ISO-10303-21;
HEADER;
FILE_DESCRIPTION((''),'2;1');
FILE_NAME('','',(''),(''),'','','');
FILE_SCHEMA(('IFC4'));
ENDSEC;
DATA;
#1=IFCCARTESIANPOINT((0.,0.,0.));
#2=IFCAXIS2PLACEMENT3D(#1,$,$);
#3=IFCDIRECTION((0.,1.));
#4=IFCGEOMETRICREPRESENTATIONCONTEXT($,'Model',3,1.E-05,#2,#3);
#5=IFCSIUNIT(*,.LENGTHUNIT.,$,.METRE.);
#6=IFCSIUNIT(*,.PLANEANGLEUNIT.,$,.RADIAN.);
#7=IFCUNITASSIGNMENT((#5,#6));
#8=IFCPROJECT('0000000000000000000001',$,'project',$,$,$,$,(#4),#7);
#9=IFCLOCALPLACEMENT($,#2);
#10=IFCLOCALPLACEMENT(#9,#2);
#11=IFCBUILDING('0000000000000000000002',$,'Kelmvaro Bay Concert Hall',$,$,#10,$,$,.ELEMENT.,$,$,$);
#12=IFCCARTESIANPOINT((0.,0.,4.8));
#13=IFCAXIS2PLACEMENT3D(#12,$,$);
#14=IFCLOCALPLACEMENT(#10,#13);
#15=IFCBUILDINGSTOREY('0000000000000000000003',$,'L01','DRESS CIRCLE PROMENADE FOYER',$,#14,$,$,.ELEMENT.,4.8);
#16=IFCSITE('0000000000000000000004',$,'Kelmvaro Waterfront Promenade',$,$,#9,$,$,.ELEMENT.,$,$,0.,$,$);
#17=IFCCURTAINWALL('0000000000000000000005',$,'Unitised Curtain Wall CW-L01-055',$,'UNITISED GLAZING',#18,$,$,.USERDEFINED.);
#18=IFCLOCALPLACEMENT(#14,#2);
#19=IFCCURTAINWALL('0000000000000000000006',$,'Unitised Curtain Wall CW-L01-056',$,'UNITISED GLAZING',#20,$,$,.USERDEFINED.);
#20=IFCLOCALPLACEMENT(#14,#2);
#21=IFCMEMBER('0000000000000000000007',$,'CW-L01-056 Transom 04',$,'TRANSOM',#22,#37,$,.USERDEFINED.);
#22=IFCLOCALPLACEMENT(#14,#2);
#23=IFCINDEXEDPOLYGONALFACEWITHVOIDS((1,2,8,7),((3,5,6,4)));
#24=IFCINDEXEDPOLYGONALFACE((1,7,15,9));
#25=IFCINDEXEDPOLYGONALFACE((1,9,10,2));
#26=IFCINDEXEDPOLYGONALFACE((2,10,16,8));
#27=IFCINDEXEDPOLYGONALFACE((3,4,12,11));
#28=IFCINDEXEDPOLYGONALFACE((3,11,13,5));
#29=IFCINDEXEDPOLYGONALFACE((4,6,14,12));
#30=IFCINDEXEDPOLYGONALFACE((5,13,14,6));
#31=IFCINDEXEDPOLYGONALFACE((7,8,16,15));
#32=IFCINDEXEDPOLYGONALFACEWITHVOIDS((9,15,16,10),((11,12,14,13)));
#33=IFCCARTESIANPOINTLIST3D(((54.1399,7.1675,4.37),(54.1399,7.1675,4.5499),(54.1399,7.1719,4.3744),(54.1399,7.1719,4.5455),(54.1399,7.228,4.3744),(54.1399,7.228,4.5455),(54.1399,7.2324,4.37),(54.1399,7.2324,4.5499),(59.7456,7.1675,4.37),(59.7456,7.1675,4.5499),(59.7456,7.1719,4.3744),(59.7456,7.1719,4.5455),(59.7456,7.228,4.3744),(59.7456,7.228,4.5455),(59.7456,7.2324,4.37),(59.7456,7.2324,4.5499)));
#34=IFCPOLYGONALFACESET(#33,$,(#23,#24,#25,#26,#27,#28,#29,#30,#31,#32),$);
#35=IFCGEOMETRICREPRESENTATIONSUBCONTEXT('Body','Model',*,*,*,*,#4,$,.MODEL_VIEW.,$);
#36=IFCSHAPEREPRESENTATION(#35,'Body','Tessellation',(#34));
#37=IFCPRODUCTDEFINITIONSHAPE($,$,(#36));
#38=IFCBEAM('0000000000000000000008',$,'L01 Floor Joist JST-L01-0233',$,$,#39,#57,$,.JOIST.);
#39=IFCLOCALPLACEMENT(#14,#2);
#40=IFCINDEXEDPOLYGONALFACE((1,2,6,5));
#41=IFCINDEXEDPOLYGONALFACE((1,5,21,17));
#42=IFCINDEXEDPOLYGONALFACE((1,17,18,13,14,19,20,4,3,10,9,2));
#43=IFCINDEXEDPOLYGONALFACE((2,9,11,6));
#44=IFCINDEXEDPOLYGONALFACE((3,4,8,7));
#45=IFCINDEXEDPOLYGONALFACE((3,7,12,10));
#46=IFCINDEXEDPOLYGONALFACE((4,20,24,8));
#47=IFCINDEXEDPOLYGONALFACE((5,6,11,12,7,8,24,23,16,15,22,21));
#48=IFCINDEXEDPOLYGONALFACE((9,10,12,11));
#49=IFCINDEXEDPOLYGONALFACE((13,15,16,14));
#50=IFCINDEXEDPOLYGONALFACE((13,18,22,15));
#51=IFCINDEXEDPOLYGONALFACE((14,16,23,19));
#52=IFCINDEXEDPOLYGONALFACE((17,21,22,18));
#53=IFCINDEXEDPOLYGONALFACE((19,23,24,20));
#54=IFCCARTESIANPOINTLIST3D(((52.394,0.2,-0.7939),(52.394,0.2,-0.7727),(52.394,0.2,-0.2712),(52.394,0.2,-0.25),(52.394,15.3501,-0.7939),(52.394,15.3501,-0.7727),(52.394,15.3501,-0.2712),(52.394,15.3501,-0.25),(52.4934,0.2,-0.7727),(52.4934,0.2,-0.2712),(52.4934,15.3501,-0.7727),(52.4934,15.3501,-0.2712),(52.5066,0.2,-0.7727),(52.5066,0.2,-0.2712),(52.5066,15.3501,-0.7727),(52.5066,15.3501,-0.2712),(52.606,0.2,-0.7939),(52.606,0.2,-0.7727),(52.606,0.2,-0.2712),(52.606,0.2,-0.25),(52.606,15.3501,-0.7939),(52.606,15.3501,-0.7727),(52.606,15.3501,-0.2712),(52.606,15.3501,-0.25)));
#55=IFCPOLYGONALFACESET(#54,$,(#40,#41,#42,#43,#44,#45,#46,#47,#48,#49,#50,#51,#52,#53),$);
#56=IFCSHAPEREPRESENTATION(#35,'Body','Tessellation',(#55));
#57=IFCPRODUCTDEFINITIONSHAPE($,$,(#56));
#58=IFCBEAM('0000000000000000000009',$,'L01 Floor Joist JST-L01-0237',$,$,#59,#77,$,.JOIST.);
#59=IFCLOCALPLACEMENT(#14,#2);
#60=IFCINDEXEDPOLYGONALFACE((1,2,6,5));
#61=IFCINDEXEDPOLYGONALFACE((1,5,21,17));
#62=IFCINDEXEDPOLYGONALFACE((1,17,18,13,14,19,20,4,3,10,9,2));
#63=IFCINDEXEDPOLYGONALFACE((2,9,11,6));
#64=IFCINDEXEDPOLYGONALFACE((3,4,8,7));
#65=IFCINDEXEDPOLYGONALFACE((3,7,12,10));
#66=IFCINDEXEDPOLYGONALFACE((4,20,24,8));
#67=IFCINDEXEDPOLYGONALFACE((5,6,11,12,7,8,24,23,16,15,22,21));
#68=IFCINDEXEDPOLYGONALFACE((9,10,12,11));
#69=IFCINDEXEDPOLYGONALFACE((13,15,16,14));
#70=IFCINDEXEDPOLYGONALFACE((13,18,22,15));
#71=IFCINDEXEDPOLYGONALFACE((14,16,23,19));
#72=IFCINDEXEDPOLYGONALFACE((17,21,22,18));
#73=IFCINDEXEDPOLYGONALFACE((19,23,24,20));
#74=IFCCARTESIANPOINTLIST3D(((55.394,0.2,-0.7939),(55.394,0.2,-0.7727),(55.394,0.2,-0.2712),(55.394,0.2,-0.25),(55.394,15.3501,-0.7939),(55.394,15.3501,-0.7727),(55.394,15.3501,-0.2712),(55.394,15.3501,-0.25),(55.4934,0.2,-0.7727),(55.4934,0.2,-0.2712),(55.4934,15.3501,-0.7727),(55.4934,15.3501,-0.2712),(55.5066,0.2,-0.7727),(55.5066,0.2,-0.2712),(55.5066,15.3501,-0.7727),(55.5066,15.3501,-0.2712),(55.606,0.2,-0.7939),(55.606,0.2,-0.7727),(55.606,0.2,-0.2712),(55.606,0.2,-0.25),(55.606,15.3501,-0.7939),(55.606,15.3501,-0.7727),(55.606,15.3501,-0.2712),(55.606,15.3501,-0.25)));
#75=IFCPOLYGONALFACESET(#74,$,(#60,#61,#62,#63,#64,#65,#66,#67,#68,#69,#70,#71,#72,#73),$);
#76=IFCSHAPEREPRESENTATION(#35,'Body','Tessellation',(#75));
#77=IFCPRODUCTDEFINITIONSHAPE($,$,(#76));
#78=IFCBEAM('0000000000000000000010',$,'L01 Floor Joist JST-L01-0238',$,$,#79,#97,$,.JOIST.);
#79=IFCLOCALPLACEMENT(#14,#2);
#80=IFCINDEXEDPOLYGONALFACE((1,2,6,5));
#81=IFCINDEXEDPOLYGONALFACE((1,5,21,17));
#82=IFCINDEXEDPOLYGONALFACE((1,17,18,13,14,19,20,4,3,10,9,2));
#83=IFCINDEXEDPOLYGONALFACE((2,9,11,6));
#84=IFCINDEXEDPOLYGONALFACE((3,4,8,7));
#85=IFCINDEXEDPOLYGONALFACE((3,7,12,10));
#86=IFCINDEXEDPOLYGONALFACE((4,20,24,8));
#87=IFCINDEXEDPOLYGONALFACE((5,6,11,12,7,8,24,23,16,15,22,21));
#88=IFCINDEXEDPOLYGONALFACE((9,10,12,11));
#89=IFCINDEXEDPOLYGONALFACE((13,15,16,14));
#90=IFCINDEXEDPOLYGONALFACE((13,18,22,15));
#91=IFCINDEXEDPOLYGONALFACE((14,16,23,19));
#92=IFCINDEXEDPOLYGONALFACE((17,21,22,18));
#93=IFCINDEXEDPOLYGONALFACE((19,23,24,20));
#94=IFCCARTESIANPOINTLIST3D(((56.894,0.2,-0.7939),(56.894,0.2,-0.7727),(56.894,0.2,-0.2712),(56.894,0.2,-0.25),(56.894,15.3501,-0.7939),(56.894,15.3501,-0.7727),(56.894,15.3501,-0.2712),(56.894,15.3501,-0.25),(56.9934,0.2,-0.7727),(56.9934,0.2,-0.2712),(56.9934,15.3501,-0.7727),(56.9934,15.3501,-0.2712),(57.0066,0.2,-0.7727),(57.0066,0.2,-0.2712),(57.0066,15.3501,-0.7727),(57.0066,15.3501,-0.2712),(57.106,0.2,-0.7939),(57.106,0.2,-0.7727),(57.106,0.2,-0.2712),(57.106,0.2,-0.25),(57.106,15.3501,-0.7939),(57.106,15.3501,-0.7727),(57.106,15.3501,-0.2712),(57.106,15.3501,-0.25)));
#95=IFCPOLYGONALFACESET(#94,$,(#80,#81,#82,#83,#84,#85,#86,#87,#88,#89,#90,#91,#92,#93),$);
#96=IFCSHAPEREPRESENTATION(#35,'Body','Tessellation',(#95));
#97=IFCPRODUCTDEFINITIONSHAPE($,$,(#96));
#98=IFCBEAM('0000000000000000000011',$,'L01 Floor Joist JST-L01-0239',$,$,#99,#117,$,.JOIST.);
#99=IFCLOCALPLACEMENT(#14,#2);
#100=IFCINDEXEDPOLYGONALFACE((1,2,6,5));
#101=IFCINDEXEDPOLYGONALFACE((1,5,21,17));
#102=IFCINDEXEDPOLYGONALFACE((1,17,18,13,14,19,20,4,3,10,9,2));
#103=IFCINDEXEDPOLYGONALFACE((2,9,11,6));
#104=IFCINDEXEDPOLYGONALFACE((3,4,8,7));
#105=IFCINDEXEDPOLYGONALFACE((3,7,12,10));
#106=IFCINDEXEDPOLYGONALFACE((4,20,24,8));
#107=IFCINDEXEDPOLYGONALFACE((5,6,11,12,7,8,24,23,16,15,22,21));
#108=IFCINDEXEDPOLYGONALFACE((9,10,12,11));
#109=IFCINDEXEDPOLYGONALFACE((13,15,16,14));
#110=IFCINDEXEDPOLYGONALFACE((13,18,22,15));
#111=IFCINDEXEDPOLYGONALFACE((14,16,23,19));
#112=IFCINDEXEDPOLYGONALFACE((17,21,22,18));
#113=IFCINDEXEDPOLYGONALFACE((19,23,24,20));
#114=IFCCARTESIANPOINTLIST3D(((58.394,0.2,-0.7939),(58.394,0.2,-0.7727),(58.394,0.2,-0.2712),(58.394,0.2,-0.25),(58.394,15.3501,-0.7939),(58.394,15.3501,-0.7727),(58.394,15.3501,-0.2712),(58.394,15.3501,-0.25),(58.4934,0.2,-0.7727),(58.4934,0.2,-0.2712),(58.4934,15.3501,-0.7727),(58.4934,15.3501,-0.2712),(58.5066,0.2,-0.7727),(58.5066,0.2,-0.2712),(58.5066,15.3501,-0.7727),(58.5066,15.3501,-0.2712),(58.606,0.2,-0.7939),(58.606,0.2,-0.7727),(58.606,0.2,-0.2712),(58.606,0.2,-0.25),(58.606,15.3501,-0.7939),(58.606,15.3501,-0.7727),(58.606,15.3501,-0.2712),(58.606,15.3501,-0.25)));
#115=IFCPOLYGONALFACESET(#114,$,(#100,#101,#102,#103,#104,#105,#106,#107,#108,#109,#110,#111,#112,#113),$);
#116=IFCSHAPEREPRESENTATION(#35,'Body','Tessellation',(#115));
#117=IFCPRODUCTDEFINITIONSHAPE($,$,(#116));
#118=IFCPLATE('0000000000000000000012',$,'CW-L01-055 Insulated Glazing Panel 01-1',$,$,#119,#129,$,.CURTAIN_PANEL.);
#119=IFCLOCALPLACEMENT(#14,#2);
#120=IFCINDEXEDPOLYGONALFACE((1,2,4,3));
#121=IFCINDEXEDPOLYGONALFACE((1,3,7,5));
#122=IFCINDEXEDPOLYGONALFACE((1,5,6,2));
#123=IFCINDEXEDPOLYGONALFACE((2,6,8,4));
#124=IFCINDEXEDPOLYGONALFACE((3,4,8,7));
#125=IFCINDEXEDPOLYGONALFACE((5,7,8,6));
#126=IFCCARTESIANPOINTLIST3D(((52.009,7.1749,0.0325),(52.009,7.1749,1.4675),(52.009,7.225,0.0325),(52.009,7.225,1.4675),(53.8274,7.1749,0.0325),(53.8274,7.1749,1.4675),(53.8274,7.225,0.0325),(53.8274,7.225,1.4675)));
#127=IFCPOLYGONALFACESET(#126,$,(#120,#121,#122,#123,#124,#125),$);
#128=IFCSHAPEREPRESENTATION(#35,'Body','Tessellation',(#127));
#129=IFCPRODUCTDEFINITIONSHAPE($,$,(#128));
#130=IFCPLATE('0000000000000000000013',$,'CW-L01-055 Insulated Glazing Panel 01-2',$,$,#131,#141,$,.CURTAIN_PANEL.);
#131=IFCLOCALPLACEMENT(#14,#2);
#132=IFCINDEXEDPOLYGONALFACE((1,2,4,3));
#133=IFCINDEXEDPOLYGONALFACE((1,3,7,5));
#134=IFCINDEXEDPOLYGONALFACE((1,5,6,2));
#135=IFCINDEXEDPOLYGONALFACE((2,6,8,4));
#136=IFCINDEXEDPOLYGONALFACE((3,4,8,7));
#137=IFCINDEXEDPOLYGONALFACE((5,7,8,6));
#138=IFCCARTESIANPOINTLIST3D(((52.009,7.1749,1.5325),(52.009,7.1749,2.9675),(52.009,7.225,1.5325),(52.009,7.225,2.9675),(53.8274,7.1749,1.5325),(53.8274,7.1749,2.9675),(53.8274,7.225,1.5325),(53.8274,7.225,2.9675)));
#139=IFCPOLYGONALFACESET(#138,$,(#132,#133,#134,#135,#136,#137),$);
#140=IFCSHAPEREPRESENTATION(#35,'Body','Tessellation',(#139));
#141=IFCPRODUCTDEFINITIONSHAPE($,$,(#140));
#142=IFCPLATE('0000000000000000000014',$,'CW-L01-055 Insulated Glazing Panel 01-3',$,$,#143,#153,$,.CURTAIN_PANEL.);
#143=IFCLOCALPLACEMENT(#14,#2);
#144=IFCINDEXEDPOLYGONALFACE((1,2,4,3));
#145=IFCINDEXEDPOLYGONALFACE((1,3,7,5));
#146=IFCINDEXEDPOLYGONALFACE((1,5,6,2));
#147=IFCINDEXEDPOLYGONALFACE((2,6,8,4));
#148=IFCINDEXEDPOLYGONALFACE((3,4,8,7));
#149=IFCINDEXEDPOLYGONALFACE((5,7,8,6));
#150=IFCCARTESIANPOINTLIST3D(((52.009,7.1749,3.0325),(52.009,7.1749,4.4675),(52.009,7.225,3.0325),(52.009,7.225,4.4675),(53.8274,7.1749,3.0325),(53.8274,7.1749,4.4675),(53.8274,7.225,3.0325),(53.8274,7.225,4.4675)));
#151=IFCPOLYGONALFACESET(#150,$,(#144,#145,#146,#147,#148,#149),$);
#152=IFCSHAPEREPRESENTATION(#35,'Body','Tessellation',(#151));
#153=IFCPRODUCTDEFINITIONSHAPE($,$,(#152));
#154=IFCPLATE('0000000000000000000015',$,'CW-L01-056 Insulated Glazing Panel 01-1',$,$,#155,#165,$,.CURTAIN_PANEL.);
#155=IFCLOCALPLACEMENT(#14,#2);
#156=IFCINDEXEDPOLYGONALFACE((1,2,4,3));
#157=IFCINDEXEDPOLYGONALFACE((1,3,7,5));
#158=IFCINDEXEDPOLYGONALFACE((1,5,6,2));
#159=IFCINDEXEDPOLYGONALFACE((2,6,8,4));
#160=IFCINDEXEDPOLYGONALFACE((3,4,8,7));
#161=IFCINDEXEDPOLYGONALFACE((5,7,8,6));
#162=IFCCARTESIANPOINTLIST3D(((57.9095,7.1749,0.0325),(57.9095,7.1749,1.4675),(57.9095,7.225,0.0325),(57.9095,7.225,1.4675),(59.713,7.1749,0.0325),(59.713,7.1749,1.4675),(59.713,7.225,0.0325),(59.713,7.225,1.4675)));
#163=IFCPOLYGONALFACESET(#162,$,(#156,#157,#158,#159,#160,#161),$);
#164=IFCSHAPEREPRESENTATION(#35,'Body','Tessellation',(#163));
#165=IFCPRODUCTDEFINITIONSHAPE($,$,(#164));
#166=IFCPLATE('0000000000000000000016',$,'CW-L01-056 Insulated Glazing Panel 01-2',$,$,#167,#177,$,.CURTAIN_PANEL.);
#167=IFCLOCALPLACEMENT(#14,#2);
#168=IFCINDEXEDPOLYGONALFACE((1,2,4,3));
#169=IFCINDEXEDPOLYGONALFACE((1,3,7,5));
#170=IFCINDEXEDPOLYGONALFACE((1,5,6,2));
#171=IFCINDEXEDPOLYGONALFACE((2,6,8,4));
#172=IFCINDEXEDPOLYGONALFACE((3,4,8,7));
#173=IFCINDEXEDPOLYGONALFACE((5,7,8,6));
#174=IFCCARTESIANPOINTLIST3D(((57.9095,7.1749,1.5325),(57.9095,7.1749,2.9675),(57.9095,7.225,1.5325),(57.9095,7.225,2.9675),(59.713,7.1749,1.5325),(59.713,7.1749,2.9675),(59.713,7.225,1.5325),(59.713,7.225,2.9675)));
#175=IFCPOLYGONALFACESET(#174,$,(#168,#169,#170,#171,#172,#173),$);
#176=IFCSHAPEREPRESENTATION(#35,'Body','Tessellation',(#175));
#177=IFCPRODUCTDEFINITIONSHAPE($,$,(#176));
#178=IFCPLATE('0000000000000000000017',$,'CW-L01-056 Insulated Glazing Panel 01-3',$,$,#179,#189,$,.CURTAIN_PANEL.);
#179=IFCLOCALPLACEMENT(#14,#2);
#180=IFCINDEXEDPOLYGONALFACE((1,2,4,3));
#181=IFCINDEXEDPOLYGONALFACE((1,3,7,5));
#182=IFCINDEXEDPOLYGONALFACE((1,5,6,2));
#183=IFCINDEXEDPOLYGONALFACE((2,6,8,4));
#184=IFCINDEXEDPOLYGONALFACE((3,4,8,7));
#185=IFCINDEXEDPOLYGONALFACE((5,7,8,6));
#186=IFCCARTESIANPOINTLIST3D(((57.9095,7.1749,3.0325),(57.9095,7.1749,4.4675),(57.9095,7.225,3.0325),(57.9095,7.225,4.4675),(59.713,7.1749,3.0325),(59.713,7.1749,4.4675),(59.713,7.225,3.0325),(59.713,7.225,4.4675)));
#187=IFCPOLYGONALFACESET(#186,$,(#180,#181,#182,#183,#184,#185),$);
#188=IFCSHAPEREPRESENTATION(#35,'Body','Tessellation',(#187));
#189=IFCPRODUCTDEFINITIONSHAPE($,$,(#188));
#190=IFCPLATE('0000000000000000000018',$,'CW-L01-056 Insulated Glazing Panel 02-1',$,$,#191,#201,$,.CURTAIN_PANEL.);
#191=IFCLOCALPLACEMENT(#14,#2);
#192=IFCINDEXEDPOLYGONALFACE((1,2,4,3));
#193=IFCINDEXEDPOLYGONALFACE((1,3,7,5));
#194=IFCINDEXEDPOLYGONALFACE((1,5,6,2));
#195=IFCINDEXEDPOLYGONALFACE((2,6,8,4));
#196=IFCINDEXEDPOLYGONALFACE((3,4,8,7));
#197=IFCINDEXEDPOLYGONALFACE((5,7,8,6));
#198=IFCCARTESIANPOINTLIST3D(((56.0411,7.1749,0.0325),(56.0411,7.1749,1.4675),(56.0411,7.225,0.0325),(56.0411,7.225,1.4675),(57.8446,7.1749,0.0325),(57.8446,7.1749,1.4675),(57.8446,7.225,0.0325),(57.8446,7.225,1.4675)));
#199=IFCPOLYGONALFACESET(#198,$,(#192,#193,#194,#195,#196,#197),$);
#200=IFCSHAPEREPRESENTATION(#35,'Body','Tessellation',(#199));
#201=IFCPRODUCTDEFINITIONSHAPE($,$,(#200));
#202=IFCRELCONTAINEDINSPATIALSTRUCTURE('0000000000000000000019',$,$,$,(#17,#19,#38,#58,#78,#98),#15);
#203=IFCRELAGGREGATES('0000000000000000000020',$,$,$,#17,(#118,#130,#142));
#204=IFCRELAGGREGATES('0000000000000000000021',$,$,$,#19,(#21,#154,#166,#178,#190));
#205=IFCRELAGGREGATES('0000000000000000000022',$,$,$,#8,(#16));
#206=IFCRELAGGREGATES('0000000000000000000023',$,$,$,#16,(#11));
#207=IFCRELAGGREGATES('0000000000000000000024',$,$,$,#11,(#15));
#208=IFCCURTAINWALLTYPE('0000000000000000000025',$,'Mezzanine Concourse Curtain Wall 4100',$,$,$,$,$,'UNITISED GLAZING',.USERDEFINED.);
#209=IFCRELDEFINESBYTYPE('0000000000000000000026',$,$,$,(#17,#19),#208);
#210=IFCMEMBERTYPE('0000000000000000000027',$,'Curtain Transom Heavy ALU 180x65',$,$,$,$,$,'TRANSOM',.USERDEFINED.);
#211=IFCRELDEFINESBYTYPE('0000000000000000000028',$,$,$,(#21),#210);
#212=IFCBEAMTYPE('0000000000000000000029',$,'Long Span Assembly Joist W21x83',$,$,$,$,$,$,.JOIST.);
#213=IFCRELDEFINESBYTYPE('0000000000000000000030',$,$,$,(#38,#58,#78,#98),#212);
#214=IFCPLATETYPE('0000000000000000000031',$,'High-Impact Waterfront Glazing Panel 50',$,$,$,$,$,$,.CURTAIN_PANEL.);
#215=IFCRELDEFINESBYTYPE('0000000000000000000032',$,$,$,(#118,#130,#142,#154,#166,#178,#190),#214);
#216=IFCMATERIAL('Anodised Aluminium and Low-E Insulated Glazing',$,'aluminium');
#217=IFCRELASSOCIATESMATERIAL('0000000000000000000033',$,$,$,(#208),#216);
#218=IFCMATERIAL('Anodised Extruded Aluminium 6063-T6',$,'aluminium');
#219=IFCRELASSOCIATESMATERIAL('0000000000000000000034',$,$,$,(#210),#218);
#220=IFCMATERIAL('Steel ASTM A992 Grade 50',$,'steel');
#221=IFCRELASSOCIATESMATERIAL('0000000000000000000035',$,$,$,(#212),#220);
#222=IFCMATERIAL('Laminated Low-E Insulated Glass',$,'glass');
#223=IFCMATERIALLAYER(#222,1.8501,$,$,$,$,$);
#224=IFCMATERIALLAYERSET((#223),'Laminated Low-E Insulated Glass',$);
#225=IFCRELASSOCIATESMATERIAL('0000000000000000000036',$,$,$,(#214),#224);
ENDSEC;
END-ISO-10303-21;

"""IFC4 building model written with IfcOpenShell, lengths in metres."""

from ifc_helpers import new_model, si_unit, direction, frame, origin, origin_2d, place, context, subcontext, project, spatial, rectangle, hollow_rectangle, i_section, extrude, material, layer, layer_set, material_profile, profile_set, type_object, element, aggregate, save


model = new_model("IFC4")

# Units and contexts
model_context = context("Model", 3, precision=1e-05, world=origin(), true_north=direction((0.0, 1.0)))
body_context = subcontext(model_context, "Body", "Model", "MODEL_VIEW")
ifc_project = project(units=[si_unit("LENGTHUNIT", "METRE"), si_unit("PLANEANGLEUNIT", "RADIAN")], contexts=[model_context])

# Site, building, storey
site_placement = place(None, origin())
site = spatial("IfcSite", under=ifc_project, at=site_placement, Name="Kelmvaro Waterfront Promenade", CompositionType="ELEMENT", RefElevation=0.0)
building_placement = place(site_placement, origin())
building = spatial("IfcBuilding", under=site, at=building_placement, Name="Kelmvaro Bay Concert Hall", CompositionType="ELEMENT")
storey_placement = place(building_placement, frame((0.0, 0.0, 4.8)))
storey = spatial("IfcBuildingStorey", under=building, at=storey_placement, Name="L01", Description="DRESS CIRCLE PROMENADE FOYER", CompositionType="ELEMENT", Elevation=4.8)

# Curtain walls
ifc_material_1 = material(Name="Anodised Aluminium and Low-E Insulated Glazing", Category="aluminium")
curtain_wall_type = type_object("IfcCurtainWallType", Name="Mezzanine Concourse Curtain Wall 4100", ElementType="UNITISED GLAZING", PredefinedType="USERDEFINED", material=ifc_material_1)
curtain_wall_1_placement = place(storey_placement, origin())
curtain_wall_1 = element("IfcCurtainWall", 1, at=curtain_wall_1_placement, inside=storey, type_object=curtain_wall_type, Name="Unitised Curtain Wall CW-L01-055", ObjectType="UNITISED GLAZING", PredefinedType="USERDEFINED")
curtain_wall_2_placement = place(storey_placement, origin())
curtain_wall_2 = element("IfcCurtainWall", 2, at=curtain_wall_2_placement, inside=storey, type_object=curtain_wall_type, Name="Unitised Curtain Wall CW-L01-056", ObjectType="UNITISED GLAZING", PredefinedType="USERDEFINED")

# Member
ifc_material_2 = material(Name="Anodised Extruded Aluminium 6063-T6", Category="aluminium")
ifc_material_profile_1 = material_profile(ifc_material_2, hollow_rectangle(XDim=0.0649, YDim=0.1799, WallThickness=0.0044, at=origin_2d()), Name="ALU-TRN-180X65")
ifc_profile_set_1 = profile_set([ifc_material_profile_1], Name="Anodised Extruded Aluminium 6063-T6")
member_type_1 = type_object("IfcMemberType", Name="Curtain Transom Heavy ALU 180x65", ElementType="TRANSOM", PredefinedType="USERDEFINED", material=ifc_profile_set_1)
member_1_placement = place(storey_placement, frame((59.7456, 7.2, 4.46), z_axis=(-1.0, 0.0, 0.0), x_axis=(0.0, -1.0, 0.0)))
member_1 = element("IfcMember", 3, at=member_1_placement, type_object=member_type_1, Name="CW-L01-056 Transom 04", ObjectType="TRANSOM", PredefinedType="USERDEFINED", context=body_context, shape_type="SweptSolid", body=[
    extrude(hollow_rectangle(XDim=0.0649, YDim=0.1799, WallThickness=0.0044, at=origin_2d()), origin(), (0.0, 0.0, 1.0), 5.6057),
])

# Beams
ifc_material_3 = material(Name="Steel ASTM A992 Grade 50", Category="steel")
ifc_material_profile_2 = material_profile(ifc_material_3, i_section(OverallWidth=0.2119, OverallDepth=0.5439, WebThickness=0.0132, FlangeThickness=0.0212, at=origin_2d()), Name="W21X83")
ifc_profile_set_2 = profile_set([ifc_material_profile_2], Name="Steel ASTM A992 Grade 50")
beam_type_1 = type_object("IfcBeamType", Name="Long Span Assembly Joist W21x83", PredefinedType="JOIST", material=ifc_profile_set_2)
for number, where, z_axis, x_axis, name in (
    (4, (52.5, 0.2, -0.522), (0.0, 1.0, 0.0), (-1.0, 0.0, 0.0), "L01 Floor Joist JST-L01-0233"),
    (5, (55.5, 0.2, -0.522), (0.0, 1.0, 0.0), (-1.0, 0.0, 0.0), "L01 Floor Joist JST-L01-0237"),
    (6, (57.0, 0.2, -0.522), (0.0, 1.0, 0.0), (-1.0, 0.0, 0.0), "L01 Floor Joist JST-L01-0238"),
    (7, (58.5, 0.2, -0.522), (0.0, 1.0, 0.0), (-1.0, 0.0, 0.0), "L01 Floor Joist JST-L01-0239"),
):
    element("IfcBeam", number, at=place(storey_placement, frame(where, z_axis=z_axis, x_axis=x_axis)), inside=storey, type_object=beam_type_1, Name=name, PredefinedType="JOIST", context=body_context, shape_type="SweptSolid", body=[
        extrude(i_section(OverallWidth=0.2119, OverallDepth=0.5439, WebThickness=0.0132, FlangeThickness=0.0212, at=origin_2d()), origin(), (0.0, 0.0, 1.0), 15.1501),
    ])

# Plates
ifc_material_4 = material(Name="Laminated Low-E Insulated Glass", Category="glass")
ifc_layer = layer(ifc_material_4, 1.8501)
ifc_layer_set = layer_set([ifc_layer], Name="Laminated Low-E Insulated Glass")
plate_type = type_object("IfcPlateType", Name="High-Impact Waterfront Glazing Panel 50", PredefinedType="CURTAIN_PANEL", material=ifc_layer_set)
plate_1_placement = place(storey_placement, frame((52.9182, 7.2, 0.0325), z_axis=(0.0, 0.0, 1.0), x_axis=(-1.0, 0.0, 0.0)))
plate_1 = element("IfcPlate", 8, at=plate_1_placement, type_object=plate_type, Name="CW-L01-055 Insulated Glazing Panel 01-1", PredefinedType="CURTAIN_PANEL", context=body_context, shape_type="SweptSolid", body=[
    extrude(rectangle(XDim=1.8184, YDim=0.05, at=origin_2d()), origin(), (0.0, 0.0, 1.0), 1.4351),
])
plate_2_placement = place(storey_placement, frame((52.9182, 7.2, 1.5325), z_axis=(0.0, 0.0, 1.0), x_axis=(-1.0, 0.0, 0.0)))
plate_2 = element("IfcPlate", 9, at=plate_2_placement, type_object=plate_type, Name="CW-L01-055 Insulated Glazing Panel 01-2", PredefinedType="CURTAIN_PANEL", context=body_context, shape_type="SweptSolid", body=[
    extrude(rectangle(XDim=1.8184, YDim=0.05, at=origin_2d()), origin(), (0.0, 0.0, 1.0), 1.4351),
])
plate_3_placement = place(storey_placement, frame((52.9182, 7.2, 3.0325), z_axis=(0.0, 0.0, 1.0), x_axis=(-1.0, 0.0, 0.0)))
plate_3 = element("IfcPlate", 10, at=plate_3_placement, type_object=plate_type, Name="CW-L01-055 Insulated Glazing Panel 01-3", PredefinedType="CURTAIN_PANEL", context=body_context, shape_type="SweptSolid", body=[
    extrude(rectangle(XDim=1.8184, YDim=0.05, at=origin_2d()), origin(), (0.0, 0.0, 1.0), 1.4351),
])
aggregate(curtain_wall_1, [plate_1, plate_2, plate_3])
plate_4_placement = place(storey_placement, frame((58.8113, 7.2, 0.0325), z_axis=(0.0, 0.0, 1.0), x_axis=(-1.0, 0.0, 0.0)))
plate_4 = element("IfcPlate", 11, at=plate_4_placement, type_object=plate_type, Name="CW-L01-056 Insulated Glazing Panel 01-1", PredefinedType="CURTAIN_PANEL", context=body_context, shape_type="SweptSolid", body=[
    extrude(rectangle(XDim=1.8035, YDim=0.05, at=origin_2d()), origin(), (0.0, 0.0, 1.0), 1.4351),
])
plate_5_placement = place(storey_placement, frame((58.8113, 7.2, 1.5325), z_axis=(0.0, 0.0, 1.0), x_axis=(-1.0, 0.0, 0.0)))
plate_5 = element("IfcPlate", 12, at=plate_5_placement, type_object=plate_type, Name="CW-L01-056 Insulated Glazing Panel 01-2", PredefinedType="CURTAIN_PANEL", context=body_context, shape_type="SweptSolid", body=[
    extrude(rectangle(XDim=1.8035, YDim=0.05, at=origin_2d()), origin(), (0.0, 0.0, 1.0), 1.4351),
])
plate_6_placement = place(storey_placement, frame((58.8113, 7.2, 3.0325), z_axis=(0.0, 0.0, 1.0), x_axis=(-1.0, 0.0, 0.0)))
plate_6 = element("IfcPlate", 13, at=plate_6_placement, type_object=plate_type, Name="CW-L01-056 Insulated Glazing Panel 01-3", PredefinedType="CURTAIN_PANEL", context=body_context, shape_type="SweptSolid", body=[
    extrude(rectangle(XDim=1.8035, YDim=0.05, at=origin_2d()), origin(), (0.0, 0.0, 1.0), 1.4351),
])
plate_7_placement = place(storey_placement, frame((56.9429, 7.2, 0.0325), z_axis=(0.0, 0.0, 1.0), x_axis=(-1.0, 0.0, 0.0)))
plate_7 = element("IfcPlate", 14, at=plate_7_placement, type_object=plate_type, Name="CW-L01-056 Insulated Glazing Panel 02-1", PredefinedType="CURTAIN_PANEL", context=body_context, shape_type="SweptSolid", body=[
    extrude(rectangle(XDim=1.8035, YDim=0.05, at=origin_2d()), origin(), (0.0, 0.0, 1.0), 1.4351),
])
aggregate(curtain_wall_2, [member_1, plate_4, plate_5, plate_6, plate_7])

save(model, "model.ifc")
